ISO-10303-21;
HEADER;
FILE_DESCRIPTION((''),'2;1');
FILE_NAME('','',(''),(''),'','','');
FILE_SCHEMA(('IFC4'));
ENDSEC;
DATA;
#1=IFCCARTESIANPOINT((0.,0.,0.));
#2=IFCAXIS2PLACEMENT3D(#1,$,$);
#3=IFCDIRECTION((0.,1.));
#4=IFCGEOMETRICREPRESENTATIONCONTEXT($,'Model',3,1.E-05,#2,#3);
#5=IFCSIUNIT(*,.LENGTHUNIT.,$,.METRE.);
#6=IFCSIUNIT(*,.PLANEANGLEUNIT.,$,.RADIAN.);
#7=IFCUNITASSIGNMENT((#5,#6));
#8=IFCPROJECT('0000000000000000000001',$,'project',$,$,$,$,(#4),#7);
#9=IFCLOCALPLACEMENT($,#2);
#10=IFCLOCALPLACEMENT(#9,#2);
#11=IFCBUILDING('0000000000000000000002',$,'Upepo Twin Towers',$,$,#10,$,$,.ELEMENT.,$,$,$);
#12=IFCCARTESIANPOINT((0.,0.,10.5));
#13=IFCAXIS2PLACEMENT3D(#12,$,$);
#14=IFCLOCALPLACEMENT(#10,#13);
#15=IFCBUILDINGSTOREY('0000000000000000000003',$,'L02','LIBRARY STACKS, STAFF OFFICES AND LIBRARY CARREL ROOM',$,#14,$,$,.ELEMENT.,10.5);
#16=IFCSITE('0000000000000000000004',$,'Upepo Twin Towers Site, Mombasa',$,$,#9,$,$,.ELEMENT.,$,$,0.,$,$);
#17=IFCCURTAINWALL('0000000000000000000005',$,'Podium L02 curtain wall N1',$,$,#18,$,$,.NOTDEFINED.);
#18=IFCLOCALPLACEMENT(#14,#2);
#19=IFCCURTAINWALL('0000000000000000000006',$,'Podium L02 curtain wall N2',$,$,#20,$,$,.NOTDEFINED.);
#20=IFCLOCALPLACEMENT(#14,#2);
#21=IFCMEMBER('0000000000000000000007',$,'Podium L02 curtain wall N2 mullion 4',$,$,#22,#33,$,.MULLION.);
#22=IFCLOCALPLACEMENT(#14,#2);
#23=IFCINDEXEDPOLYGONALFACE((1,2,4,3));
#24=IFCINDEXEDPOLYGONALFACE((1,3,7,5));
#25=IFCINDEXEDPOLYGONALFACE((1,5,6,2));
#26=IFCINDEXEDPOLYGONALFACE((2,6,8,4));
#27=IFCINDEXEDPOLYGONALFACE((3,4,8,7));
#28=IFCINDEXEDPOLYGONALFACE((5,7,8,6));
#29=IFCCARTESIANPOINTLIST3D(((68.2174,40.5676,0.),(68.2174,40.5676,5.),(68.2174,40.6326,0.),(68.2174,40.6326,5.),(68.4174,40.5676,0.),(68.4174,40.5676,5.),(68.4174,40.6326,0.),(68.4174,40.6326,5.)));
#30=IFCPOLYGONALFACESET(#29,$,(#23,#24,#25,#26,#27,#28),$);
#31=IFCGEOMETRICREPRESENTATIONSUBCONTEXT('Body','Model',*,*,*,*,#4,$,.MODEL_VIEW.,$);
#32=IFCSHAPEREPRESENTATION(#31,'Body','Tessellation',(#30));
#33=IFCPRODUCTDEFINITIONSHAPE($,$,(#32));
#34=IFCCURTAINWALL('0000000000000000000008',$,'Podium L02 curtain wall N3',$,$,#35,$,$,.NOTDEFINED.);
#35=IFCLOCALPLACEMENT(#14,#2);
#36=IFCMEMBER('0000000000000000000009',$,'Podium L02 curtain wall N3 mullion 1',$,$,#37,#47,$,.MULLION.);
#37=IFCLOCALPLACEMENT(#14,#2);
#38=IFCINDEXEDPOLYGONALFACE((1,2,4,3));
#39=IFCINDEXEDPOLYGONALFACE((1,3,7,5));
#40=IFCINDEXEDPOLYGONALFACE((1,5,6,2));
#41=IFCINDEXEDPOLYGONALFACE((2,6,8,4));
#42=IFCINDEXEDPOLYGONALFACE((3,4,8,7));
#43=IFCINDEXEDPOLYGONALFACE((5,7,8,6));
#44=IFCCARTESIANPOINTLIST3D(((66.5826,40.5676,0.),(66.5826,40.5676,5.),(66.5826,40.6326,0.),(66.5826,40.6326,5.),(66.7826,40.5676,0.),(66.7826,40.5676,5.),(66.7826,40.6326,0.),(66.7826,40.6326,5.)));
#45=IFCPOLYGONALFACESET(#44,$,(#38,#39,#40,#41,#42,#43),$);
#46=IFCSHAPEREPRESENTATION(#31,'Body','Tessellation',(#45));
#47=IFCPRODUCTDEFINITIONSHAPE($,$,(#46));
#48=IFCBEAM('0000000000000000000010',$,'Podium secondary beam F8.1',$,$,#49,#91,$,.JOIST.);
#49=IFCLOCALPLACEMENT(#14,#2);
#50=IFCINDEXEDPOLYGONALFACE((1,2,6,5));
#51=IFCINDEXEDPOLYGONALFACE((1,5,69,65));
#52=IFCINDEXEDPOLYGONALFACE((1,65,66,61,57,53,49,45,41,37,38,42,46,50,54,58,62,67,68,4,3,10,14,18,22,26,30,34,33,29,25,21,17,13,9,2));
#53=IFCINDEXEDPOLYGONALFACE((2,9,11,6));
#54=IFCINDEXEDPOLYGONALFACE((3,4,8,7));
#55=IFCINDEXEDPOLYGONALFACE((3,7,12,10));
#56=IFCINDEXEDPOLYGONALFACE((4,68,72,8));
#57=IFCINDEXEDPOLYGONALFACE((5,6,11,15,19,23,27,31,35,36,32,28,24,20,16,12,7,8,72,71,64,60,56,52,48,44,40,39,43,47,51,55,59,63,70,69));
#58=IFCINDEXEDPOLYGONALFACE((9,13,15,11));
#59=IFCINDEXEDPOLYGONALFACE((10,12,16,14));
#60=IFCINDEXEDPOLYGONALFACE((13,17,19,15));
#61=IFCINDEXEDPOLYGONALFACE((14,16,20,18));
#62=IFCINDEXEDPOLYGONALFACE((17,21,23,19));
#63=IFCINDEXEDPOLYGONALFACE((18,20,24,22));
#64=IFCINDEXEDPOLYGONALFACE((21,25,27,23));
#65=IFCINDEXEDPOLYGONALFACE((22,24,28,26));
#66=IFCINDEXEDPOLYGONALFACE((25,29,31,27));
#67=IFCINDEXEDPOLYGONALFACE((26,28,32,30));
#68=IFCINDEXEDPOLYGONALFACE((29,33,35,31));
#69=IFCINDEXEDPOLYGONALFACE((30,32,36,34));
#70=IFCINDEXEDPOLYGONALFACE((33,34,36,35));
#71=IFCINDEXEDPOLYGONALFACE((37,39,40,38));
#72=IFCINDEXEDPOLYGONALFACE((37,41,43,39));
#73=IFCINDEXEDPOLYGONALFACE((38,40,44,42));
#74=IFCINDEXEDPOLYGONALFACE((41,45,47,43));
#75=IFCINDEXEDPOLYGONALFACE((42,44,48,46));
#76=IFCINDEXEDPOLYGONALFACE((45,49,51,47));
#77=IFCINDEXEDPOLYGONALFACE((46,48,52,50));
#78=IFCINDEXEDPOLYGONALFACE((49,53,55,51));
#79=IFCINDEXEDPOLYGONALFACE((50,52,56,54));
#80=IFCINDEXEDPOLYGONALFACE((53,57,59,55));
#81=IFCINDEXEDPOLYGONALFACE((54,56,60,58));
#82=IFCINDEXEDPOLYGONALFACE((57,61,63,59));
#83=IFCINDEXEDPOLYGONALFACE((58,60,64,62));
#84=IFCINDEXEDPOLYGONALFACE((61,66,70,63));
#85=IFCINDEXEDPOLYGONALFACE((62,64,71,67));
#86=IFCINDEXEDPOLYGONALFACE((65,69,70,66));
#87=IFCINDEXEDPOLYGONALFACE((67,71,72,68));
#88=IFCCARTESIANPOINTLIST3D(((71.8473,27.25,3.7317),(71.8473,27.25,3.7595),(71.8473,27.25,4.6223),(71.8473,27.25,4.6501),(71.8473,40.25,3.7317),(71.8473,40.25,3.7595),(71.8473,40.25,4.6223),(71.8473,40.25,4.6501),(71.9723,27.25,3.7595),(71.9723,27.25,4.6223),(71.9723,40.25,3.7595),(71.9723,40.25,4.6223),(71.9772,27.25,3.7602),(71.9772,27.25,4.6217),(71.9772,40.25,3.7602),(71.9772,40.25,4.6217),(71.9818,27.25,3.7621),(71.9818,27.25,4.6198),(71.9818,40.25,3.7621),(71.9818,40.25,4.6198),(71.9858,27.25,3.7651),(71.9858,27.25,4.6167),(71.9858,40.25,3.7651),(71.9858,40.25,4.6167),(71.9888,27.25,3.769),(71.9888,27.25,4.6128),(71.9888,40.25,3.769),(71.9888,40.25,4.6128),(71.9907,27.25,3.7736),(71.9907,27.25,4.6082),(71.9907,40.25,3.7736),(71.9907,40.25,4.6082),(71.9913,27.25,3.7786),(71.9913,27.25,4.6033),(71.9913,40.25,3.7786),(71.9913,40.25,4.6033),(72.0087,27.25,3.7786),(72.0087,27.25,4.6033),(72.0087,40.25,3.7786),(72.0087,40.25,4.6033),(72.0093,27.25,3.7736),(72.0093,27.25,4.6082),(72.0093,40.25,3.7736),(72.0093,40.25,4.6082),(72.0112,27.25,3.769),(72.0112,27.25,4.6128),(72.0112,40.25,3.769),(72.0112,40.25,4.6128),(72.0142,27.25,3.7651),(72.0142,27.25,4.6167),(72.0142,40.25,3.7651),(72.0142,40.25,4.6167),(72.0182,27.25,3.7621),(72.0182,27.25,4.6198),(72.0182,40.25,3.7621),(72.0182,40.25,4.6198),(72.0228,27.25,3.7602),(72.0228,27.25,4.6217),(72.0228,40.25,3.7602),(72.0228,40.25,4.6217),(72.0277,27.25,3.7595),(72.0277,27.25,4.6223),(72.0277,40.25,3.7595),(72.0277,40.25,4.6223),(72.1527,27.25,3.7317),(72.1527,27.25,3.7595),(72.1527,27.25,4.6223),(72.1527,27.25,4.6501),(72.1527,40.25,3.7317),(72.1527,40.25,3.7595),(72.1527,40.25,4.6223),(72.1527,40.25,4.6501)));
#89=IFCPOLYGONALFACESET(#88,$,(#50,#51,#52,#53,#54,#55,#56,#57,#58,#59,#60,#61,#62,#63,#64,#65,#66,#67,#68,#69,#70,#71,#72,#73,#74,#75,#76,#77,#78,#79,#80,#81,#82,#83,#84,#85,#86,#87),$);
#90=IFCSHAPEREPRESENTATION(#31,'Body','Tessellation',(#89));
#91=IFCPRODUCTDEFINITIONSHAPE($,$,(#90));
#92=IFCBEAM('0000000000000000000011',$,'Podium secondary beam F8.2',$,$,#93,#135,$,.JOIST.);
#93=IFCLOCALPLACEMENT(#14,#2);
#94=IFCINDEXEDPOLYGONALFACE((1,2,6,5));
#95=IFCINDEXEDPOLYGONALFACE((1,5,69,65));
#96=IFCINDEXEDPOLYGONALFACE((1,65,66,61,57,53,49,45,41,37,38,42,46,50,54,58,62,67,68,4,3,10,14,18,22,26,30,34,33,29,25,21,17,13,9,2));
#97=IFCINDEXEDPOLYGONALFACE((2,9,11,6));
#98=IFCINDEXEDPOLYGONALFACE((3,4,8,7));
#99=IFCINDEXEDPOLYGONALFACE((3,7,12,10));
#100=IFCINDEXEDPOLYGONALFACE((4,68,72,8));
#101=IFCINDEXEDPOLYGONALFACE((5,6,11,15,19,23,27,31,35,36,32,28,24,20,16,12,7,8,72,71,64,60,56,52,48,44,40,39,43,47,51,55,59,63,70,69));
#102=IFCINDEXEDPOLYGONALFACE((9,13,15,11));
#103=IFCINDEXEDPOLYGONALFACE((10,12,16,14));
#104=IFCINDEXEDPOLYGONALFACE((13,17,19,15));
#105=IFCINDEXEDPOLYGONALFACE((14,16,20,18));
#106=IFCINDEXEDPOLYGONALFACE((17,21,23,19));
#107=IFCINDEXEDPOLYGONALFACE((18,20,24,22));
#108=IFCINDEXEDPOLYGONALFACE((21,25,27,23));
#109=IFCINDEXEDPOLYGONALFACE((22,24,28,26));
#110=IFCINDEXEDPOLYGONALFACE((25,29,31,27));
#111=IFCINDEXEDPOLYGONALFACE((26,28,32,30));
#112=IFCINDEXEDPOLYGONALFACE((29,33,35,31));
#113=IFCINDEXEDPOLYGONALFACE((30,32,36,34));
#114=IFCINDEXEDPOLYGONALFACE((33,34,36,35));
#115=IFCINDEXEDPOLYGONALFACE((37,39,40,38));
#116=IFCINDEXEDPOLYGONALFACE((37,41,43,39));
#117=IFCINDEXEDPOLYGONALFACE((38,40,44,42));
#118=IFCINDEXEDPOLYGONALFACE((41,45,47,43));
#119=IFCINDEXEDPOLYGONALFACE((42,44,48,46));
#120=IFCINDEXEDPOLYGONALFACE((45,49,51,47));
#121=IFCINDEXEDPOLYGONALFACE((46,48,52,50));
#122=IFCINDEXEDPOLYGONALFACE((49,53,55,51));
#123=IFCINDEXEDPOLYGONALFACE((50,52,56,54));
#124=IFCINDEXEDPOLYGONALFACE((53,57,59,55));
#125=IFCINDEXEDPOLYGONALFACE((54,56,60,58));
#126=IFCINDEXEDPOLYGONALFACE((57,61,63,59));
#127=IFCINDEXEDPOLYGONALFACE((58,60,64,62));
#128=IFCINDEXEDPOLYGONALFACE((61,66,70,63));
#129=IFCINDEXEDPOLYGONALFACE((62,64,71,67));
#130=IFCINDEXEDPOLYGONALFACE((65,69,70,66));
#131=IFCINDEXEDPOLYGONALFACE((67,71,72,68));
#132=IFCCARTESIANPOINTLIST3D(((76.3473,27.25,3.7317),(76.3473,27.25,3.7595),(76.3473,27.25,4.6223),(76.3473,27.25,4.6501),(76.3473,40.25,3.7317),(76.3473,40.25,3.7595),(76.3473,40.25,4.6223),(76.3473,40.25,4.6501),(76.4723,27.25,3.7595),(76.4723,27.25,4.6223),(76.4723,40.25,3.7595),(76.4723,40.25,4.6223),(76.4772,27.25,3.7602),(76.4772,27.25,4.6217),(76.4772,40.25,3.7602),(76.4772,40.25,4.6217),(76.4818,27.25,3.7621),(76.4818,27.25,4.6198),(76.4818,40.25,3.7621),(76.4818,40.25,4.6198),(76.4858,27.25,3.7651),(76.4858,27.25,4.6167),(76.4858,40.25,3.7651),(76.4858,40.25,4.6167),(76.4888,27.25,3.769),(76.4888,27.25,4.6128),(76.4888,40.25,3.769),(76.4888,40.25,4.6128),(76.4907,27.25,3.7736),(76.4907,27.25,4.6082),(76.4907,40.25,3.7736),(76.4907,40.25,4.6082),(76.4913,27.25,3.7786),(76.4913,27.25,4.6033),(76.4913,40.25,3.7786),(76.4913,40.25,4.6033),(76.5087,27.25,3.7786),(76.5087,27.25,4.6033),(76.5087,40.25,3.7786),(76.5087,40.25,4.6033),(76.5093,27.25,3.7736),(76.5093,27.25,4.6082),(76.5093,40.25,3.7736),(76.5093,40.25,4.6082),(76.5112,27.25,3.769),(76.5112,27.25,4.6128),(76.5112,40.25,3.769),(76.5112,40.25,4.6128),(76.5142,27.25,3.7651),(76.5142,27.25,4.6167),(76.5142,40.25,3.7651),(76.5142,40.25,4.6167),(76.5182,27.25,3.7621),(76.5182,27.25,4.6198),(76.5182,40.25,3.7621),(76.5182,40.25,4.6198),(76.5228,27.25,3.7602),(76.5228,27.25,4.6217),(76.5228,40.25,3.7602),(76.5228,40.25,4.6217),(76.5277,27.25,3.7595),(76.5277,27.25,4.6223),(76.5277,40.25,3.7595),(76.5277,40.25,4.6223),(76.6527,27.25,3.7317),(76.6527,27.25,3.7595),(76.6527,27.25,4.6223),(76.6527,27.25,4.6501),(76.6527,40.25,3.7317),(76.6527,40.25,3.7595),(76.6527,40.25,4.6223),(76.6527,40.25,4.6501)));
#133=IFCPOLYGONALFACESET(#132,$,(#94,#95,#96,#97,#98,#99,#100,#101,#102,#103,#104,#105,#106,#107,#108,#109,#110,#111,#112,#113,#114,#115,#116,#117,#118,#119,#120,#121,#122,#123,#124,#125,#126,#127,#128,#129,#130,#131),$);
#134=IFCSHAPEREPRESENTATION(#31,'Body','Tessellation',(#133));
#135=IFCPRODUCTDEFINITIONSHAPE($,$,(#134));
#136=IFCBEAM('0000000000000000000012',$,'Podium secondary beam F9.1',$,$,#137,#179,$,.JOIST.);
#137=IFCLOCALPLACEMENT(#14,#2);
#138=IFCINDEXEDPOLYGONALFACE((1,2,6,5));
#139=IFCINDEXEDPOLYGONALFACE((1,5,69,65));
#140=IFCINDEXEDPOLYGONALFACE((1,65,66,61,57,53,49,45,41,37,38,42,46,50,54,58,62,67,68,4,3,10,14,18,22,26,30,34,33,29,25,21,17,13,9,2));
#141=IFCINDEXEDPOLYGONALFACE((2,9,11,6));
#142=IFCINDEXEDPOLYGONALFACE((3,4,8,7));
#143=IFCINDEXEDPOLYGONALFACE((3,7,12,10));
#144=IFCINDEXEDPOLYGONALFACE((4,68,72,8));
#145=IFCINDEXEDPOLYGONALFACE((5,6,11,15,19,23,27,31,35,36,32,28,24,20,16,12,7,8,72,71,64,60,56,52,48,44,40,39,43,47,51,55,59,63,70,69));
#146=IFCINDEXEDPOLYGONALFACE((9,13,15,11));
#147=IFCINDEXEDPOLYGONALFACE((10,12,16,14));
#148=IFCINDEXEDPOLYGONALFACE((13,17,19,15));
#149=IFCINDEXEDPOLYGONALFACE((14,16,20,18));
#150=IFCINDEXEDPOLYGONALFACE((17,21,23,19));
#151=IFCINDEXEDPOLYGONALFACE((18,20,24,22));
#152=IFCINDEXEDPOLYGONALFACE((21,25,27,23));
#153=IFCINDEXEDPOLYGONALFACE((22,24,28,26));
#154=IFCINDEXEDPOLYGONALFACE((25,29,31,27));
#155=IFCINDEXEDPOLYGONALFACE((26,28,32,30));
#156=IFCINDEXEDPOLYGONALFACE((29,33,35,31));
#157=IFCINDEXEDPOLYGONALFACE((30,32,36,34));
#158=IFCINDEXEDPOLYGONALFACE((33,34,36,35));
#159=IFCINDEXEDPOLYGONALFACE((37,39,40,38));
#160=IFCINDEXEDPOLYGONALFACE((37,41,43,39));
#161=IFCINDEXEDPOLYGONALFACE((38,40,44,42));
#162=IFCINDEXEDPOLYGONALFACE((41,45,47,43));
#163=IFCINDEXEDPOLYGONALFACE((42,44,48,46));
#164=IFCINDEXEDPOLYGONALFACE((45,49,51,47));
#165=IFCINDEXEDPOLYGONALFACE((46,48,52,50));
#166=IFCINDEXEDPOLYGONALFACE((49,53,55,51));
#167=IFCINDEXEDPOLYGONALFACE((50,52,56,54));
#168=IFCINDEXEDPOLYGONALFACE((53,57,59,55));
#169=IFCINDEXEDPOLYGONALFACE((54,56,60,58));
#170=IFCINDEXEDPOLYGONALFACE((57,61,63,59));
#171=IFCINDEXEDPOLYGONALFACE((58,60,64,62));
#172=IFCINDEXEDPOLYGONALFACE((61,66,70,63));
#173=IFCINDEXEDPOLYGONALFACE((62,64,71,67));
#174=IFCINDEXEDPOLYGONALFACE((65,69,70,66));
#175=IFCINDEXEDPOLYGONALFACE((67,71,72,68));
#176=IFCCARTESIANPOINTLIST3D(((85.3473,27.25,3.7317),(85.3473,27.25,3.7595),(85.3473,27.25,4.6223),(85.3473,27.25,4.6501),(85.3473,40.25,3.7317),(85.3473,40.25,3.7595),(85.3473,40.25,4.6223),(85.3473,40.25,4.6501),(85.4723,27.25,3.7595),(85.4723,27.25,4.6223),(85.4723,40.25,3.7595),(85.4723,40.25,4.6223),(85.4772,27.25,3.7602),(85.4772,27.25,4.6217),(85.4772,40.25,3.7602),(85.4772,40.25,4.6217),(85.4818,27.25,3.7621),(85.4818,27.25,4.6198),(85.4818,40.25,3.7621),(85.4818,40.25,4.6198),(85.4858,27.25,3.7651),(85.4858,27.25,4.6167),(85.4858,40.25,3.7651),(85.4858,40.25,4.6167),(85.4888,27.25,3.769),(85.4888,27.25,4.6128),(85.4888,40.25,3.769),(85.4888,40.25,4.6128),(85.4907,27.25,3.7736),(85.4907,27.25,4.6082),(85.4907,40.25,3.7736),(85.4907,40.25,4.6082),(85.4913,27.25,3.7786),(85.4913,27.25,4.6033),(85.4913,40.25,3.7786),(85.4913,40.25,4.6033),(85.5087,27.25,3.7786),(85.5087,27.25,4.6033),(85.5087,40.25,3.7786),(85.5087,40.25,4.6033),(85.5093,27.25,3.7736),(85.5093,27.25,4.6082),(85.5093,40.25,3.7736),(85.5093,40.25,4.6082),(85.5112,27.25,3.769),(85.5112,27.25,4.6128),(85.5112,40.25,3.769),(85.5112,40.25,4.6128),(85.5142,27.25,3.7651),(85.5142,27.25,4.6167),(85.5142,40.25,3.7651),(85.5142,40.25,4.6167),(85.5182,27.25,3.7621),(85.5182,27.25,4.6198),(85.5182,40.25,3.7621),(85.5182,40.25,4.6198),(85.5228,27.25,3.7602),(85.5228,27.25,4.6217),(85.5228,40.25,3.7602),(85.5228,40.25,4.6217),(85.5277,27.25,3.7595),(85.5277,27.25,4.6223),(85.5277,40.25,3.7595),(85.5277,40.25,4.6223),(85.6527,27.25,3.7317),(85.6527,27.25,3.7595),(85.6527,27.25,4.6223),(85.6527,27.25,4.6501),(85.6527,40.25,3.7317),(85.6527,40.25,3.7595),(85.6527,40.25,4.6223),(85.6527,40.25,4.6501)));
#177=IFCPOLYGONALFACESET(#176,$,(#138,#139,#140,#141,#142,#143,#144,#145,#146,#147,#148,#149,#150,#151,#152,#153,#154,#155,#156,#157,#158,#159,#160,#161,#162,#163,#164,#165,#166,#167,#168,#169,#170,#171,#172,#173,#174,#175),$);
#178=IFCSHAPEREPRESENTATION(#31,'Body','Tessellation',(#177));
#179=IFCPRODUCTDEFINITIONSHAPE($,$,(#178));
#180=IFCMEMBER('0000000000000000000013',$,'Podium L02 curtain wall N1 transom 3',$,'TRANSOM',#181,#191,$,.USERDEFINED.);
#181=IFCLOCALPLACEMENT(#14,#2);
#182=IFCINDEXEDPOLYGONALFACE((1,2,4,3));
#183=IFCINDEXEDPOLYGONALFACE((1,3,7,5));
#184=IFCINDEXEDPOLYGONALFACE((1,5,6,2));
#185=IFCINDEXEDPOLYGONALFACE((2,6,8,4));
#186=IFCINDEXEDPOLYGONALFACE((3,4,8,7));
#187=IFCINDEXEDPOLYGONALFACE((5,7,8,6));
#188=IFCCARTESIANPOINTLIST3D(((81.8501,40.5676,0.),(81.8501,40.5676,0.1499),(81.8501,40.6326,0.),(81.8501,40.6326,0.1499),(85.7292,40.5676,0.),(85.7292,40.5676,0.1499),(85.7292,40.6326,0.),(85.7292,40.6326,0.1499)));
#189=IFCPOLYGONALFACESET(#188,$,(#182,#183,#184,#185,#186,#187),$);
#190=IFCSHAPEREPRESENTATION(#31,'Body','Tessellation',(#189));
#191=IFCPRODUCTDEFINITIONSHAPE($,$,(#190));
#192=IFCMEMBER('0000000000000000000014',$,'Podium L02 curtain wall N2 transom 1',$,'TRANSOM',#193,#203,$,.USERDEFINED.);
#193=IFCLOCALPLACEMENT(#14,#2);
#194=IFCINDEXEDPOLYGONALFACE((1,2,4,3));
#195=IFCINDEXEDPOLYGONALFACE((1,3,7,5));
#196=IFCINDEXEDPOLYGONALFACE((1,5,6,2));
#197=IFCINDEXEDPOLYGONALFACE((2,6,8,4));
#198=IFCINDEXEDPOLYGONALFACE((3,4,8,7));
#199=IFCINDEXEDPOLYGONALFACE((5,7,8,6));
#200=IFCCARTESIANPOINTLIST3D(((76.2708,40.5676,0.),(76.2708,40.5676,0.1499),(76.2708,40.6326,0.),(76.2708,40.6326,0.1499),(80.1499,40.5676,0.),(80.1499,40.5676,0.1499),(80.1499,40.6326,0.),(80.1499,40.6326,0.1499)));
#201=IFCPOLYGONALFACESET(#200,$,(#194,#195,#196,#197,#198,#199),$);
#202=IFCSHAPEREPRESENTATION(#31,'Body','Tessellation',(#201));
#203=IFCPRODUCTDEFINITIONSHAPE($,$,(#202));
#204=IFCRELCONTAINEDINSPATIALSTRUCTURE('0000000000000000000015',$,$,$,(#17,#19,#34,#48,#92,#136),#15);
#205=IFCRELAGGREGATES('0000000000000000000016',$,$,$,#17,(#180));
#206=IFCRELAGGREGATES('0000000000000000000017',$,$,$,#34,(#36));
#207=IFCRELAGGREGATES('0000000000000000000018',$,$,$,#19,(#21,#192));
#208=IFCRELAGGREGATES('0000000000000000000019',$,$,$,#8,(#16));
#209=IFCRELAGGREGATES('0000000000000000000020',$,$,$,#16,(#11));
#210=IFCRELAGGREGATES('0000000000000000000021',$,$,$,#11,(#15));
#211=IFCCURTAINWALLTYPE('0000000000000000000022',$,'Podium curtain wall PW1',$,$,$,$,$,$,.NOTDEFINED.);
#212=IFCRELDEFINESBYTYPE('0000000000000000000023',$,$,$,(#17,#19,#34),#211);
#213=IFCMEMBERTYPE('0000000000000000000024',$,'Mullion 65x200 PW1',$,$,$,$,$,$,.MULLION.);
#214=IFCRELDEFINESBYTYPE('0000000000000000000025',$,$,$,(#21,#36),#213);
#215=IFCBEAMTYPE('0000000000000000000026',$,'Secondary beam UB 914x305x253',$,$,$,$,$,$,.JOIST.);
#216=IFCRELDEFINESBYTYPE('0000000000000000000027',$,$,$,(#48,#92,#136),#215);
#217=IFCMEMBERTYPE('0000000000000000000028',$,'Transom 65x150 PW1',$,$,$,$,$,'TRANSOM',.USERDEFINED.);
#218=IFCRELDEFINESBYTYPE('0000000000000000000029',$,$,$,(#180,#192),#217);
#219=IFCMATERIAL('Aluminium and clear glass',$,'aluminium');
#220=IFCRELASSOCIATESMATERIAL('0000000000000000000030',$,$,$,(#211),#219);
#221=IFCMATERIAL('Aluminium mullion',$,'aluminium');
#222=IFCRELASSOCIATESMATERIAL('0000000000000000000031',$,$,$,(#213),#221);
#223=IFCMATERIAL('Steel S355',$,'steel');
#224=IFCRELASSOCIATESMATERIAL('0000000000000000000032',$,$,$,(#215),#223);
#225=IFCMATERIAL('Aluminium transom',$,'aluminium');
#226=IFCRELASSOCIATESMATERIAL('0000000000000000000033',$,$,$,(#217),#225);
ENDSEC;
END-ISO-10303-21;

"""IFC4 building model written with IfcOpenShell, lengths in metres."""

from ifc_helpers import new_model, si_unit, direction, frame, origin, origin_2d, place, context, subcontext, project, spatial, rectangle, i_section, extrude, material, material_profile, profile_set, type_object, element, aggregate, save


model = new_model("IFC4")

# Units and contexts
model_context = context("Model", 3, precision=1e-05, world=origin(), true_north=direction((0.0, 1.0)))
body_context = subcontext(model_context, "Body", "Model", "MODEL_VIEW")
ifc_project = project(units=[si_unit("LENGTHUNIT", "METRE"), si_unit("PLANEANGLEUNIT", "RADIAN")], contexts=[model_context])

# Site, building, storey
site_placement = place(None, origin())
site = spatial("IfcSite", under=ifc_project, at=site_placement, Name="Upepo Twin Towers Site, Mombasa", CompositionType="ELEMENT", RefElevation=0.0)
building_placement = place(site_placement, origin())
building = spatial("IfcBuilding", under=site, at=building_placement, Name="Upepo Twin Towers", CompositionType="ELEMENT")
storey_placement = place(building_placement, frame((0.0, 0.0, 10.5)))
storey = spatial("IfcBuildingStorey", under=building, at=storey_placement, Name="L02", Description="LIBRARY STACKS, STAFF OFFICES AND LIBRARY CARREL ROOM", CompositionType="ELEMENT", Elevation=10.5)

# Curtain wall
ifc_material_1 = material(Name="Aluminium and clear glass", Category="aluminium")
curtain_wall_type = type_object("IfcCurtainWallType", Name="Podium curtain wall PW1", PredefinedType="NOTDEFINED", material=ifc_material_1)
curtain_wall_1_placement = place(storey_placement, origin())
curtain_wall_1 = element("IfcCurtainWall", 1, at=curtain_wall_1_placement, inside=storey, type_object=curtain_wall_type, Name="Podium L02 curtain wall N1", PredefinedType="NOTDEFINED")
ifc_material_2 = material(Name="Aluminium mullion", Category="aluminium")
ifc_material_profile_1 = material_profile(ifc_material_2, rectangle(XDim=0.0649, YDim=0.2, at=origin_2d()), Name="MULLION 65x200 PODIUM")
ifc_profile_set_1 = profile_set([ifc_material_profile_1], Name="Aluminium mullion")
member_type_1 = type_object("IfcMemberType", Name="Mullion 65x200 PW1", PredefinedType="MULLION", material=ifc_profile_set_1)

# Curtain wall, member
curtain_wall_2_placement = place(storey_placement, origin())
curtain_wall_2 = element("IfcCurtainWall", 2, at=curtain_wall_2_placement, inside=storey, type_object=curtain_wall_type, Name="Podium L02 curtain wall N2", PredefinedType="NOTDEFINED")
member_1_placement = place(storey_placement, frame((68.3174, 40.6001, 0.0), z_axis=(0.0, 0.0, 1.0), x_axis=(0.0, -1.0, 0.0)))
member_1 = element("IfcMember", 3, at=member_1_placement, type_object=member_type_1, Name="Podium L02 curtain wall N2 mullion 4", PredefinedType="MULLION", context=body_context, shape_type="SweptSolid", body=[
    extrude(rectangle(XDim=0.0649, YDim=0.2, at=origin_2d()), origin(), (0.0, 0.0, 1.0), 5.0),
])

# Curtain wall, member
curtain_wall_3_placement = place(storey_placement, origin())
curtain_wall_3 = element("IfcCurtainWall", 4, at=curtain_wall_3_placement, inside=storey, type_object=curtain_wall_type, Name="Podium L02 curtain wall N3", PredefinedType="NOTDEFINED")
member_2_placement = place(storey_placement, frame((66.6826, 40.6001, 0.0), z_axis=(0.0, 0.0, 1.0), x_axis=(0.0, -1.0, 0.0)))
member_2 = element("IfcMember", 5, at=member_2_placement, type_object=member_type_1, Name="Podium L02 curtain wall N3 mullion 1", PredefinedType="MULLION", context=body_context, shape_type="SweptSolid", body=[
    extrude(rectangle(XDim=0.0649, YDim=0.2, at=origin_2d()), origin(), (0.0, 0.0, 1.0), 5.0),
])

# Beams
ifc_material_3 = material(Name="Steel S355", Category="steel")
ifc_material_profile_2 = material_profile(ifc_material_3, i_section(OverallWidth=0.3054, OverallDepth=0.9185, WebThickness=0.0173, FlangeThickness=0.0278, FilletRadius=0.019, at=origin_2d()), Name="UB 914x305x253")
ifc_profile_set_2 = profile_set([ifc_material_profile_2], Name="Steel S355")
beam_type_1 = type_object("IfcBeamType", Name="Secondary beam UB 914x305x253", PredefinedType="JOIST", material=ifc_profile_set_2)
for number, where, z_axis, x_axis, name in (
    (6, (72.0, 27.25, 4.1909), (0.0, 1.0, 0.0), (-1.0, 0.0, 0.0), "Podium secondary beam F8.1"),
    (7, (76.5, 27.25, 4.1909), (0.0, 1.0, 0.0), (-1.0, 0.0, 0.0), "Podium secondary beam F8.2"),
    (8, (85.5, 27.25, 4.1909), (0.0, 1.0, 0.0), (-1.0, 0.0, 0.0), "Podium secondary beam F9.1"),
):
    element("IfcBeam", number, at=place(storey_placement, frame(where, z_axis=z_axis, x_axis=x_axis)), inside=storey, type_object=beam_type_1, Name=name, PredefinedType="JOIST", context=body_context, shape_type="SweptSolid", body=[
        extrude(i_section(OverallWidth=0.3054, OverallDepth=0.9185, WebThickness=0.0173, FlangeThickness=0.0278, FilletRadius=0.019, at=origin_2d()), origin(), (0.0, 0.0, 1.0), 13.0),
    ])

# Members
ifc_material_4 = material(Name="Aluminium transom", Category="aluminium")
ifc_material_profile_3 = material_profile(ifc_material_4, rectangle(XDim=0.0649, YDim=0.1499, at=origin_2d()), Name="TRANSOM 65x150 PODIUM")
ifc_profile_set_3 = profile_set([ifc_material_profile_3], Name="Aluminium transom")
member_type_2 = type_object("IfcMemberType", Name="Transom 65x150 PW1", ElementType="TRANSOM", PredefinedType="USERDEFINED", material=ifc_profile_set_3)
member_3_placement = place(storey_placement, frame((85.7292, 40.6001, 0.075), z_axis=(-1.0, 0.0, 0.0), x_axis=(0.0, -1.0, 0.0)))
member_3 = element("IfcMember", 9, at=member_3_placement, type_object=member_type_2, Name="Podium L02 curtain wall N1 transom 3", ObjectType="TRANSOM", PredefinedType="USERDEFINED", context=body_context, shape_type="SweptSolid", body=[
    extrude(rectangle(XDim=0.0649, YDim=0.1499, at=origin_2d()), origin(), (0.0, 0.0, 1.0), 3.8792),
])
member_4_placement = place(storey_placement, frame((80.1499, 40.6001, 0.075), z_axis=(-1.0, 0.0, 0.0), x_axis=(0.0, -1.0, 0.0)))
member_4 = element("IfcMember", 10, at=member_4_placement, type_object=member_type_2, Name="Podium L02 curtain wall N2 transom 1", ObjectType="TRANSOM", PredefinedType="USERDEFINED", context=body_context, shape_type="SweptSolid", body=[
    extrude(rectangle(XDim=0.0649, YDim=0.1499, at=origin_2d()), origin(), (0.0, 0.0, 1.0), 3.8792),
])

aggregate(curtain_wall_1, [member_3])
aggregate(curtain_wall_3, [member_2])
aggregate(curtain_wall_2, [member_1, member_4])

save(model, "model.ifc")
